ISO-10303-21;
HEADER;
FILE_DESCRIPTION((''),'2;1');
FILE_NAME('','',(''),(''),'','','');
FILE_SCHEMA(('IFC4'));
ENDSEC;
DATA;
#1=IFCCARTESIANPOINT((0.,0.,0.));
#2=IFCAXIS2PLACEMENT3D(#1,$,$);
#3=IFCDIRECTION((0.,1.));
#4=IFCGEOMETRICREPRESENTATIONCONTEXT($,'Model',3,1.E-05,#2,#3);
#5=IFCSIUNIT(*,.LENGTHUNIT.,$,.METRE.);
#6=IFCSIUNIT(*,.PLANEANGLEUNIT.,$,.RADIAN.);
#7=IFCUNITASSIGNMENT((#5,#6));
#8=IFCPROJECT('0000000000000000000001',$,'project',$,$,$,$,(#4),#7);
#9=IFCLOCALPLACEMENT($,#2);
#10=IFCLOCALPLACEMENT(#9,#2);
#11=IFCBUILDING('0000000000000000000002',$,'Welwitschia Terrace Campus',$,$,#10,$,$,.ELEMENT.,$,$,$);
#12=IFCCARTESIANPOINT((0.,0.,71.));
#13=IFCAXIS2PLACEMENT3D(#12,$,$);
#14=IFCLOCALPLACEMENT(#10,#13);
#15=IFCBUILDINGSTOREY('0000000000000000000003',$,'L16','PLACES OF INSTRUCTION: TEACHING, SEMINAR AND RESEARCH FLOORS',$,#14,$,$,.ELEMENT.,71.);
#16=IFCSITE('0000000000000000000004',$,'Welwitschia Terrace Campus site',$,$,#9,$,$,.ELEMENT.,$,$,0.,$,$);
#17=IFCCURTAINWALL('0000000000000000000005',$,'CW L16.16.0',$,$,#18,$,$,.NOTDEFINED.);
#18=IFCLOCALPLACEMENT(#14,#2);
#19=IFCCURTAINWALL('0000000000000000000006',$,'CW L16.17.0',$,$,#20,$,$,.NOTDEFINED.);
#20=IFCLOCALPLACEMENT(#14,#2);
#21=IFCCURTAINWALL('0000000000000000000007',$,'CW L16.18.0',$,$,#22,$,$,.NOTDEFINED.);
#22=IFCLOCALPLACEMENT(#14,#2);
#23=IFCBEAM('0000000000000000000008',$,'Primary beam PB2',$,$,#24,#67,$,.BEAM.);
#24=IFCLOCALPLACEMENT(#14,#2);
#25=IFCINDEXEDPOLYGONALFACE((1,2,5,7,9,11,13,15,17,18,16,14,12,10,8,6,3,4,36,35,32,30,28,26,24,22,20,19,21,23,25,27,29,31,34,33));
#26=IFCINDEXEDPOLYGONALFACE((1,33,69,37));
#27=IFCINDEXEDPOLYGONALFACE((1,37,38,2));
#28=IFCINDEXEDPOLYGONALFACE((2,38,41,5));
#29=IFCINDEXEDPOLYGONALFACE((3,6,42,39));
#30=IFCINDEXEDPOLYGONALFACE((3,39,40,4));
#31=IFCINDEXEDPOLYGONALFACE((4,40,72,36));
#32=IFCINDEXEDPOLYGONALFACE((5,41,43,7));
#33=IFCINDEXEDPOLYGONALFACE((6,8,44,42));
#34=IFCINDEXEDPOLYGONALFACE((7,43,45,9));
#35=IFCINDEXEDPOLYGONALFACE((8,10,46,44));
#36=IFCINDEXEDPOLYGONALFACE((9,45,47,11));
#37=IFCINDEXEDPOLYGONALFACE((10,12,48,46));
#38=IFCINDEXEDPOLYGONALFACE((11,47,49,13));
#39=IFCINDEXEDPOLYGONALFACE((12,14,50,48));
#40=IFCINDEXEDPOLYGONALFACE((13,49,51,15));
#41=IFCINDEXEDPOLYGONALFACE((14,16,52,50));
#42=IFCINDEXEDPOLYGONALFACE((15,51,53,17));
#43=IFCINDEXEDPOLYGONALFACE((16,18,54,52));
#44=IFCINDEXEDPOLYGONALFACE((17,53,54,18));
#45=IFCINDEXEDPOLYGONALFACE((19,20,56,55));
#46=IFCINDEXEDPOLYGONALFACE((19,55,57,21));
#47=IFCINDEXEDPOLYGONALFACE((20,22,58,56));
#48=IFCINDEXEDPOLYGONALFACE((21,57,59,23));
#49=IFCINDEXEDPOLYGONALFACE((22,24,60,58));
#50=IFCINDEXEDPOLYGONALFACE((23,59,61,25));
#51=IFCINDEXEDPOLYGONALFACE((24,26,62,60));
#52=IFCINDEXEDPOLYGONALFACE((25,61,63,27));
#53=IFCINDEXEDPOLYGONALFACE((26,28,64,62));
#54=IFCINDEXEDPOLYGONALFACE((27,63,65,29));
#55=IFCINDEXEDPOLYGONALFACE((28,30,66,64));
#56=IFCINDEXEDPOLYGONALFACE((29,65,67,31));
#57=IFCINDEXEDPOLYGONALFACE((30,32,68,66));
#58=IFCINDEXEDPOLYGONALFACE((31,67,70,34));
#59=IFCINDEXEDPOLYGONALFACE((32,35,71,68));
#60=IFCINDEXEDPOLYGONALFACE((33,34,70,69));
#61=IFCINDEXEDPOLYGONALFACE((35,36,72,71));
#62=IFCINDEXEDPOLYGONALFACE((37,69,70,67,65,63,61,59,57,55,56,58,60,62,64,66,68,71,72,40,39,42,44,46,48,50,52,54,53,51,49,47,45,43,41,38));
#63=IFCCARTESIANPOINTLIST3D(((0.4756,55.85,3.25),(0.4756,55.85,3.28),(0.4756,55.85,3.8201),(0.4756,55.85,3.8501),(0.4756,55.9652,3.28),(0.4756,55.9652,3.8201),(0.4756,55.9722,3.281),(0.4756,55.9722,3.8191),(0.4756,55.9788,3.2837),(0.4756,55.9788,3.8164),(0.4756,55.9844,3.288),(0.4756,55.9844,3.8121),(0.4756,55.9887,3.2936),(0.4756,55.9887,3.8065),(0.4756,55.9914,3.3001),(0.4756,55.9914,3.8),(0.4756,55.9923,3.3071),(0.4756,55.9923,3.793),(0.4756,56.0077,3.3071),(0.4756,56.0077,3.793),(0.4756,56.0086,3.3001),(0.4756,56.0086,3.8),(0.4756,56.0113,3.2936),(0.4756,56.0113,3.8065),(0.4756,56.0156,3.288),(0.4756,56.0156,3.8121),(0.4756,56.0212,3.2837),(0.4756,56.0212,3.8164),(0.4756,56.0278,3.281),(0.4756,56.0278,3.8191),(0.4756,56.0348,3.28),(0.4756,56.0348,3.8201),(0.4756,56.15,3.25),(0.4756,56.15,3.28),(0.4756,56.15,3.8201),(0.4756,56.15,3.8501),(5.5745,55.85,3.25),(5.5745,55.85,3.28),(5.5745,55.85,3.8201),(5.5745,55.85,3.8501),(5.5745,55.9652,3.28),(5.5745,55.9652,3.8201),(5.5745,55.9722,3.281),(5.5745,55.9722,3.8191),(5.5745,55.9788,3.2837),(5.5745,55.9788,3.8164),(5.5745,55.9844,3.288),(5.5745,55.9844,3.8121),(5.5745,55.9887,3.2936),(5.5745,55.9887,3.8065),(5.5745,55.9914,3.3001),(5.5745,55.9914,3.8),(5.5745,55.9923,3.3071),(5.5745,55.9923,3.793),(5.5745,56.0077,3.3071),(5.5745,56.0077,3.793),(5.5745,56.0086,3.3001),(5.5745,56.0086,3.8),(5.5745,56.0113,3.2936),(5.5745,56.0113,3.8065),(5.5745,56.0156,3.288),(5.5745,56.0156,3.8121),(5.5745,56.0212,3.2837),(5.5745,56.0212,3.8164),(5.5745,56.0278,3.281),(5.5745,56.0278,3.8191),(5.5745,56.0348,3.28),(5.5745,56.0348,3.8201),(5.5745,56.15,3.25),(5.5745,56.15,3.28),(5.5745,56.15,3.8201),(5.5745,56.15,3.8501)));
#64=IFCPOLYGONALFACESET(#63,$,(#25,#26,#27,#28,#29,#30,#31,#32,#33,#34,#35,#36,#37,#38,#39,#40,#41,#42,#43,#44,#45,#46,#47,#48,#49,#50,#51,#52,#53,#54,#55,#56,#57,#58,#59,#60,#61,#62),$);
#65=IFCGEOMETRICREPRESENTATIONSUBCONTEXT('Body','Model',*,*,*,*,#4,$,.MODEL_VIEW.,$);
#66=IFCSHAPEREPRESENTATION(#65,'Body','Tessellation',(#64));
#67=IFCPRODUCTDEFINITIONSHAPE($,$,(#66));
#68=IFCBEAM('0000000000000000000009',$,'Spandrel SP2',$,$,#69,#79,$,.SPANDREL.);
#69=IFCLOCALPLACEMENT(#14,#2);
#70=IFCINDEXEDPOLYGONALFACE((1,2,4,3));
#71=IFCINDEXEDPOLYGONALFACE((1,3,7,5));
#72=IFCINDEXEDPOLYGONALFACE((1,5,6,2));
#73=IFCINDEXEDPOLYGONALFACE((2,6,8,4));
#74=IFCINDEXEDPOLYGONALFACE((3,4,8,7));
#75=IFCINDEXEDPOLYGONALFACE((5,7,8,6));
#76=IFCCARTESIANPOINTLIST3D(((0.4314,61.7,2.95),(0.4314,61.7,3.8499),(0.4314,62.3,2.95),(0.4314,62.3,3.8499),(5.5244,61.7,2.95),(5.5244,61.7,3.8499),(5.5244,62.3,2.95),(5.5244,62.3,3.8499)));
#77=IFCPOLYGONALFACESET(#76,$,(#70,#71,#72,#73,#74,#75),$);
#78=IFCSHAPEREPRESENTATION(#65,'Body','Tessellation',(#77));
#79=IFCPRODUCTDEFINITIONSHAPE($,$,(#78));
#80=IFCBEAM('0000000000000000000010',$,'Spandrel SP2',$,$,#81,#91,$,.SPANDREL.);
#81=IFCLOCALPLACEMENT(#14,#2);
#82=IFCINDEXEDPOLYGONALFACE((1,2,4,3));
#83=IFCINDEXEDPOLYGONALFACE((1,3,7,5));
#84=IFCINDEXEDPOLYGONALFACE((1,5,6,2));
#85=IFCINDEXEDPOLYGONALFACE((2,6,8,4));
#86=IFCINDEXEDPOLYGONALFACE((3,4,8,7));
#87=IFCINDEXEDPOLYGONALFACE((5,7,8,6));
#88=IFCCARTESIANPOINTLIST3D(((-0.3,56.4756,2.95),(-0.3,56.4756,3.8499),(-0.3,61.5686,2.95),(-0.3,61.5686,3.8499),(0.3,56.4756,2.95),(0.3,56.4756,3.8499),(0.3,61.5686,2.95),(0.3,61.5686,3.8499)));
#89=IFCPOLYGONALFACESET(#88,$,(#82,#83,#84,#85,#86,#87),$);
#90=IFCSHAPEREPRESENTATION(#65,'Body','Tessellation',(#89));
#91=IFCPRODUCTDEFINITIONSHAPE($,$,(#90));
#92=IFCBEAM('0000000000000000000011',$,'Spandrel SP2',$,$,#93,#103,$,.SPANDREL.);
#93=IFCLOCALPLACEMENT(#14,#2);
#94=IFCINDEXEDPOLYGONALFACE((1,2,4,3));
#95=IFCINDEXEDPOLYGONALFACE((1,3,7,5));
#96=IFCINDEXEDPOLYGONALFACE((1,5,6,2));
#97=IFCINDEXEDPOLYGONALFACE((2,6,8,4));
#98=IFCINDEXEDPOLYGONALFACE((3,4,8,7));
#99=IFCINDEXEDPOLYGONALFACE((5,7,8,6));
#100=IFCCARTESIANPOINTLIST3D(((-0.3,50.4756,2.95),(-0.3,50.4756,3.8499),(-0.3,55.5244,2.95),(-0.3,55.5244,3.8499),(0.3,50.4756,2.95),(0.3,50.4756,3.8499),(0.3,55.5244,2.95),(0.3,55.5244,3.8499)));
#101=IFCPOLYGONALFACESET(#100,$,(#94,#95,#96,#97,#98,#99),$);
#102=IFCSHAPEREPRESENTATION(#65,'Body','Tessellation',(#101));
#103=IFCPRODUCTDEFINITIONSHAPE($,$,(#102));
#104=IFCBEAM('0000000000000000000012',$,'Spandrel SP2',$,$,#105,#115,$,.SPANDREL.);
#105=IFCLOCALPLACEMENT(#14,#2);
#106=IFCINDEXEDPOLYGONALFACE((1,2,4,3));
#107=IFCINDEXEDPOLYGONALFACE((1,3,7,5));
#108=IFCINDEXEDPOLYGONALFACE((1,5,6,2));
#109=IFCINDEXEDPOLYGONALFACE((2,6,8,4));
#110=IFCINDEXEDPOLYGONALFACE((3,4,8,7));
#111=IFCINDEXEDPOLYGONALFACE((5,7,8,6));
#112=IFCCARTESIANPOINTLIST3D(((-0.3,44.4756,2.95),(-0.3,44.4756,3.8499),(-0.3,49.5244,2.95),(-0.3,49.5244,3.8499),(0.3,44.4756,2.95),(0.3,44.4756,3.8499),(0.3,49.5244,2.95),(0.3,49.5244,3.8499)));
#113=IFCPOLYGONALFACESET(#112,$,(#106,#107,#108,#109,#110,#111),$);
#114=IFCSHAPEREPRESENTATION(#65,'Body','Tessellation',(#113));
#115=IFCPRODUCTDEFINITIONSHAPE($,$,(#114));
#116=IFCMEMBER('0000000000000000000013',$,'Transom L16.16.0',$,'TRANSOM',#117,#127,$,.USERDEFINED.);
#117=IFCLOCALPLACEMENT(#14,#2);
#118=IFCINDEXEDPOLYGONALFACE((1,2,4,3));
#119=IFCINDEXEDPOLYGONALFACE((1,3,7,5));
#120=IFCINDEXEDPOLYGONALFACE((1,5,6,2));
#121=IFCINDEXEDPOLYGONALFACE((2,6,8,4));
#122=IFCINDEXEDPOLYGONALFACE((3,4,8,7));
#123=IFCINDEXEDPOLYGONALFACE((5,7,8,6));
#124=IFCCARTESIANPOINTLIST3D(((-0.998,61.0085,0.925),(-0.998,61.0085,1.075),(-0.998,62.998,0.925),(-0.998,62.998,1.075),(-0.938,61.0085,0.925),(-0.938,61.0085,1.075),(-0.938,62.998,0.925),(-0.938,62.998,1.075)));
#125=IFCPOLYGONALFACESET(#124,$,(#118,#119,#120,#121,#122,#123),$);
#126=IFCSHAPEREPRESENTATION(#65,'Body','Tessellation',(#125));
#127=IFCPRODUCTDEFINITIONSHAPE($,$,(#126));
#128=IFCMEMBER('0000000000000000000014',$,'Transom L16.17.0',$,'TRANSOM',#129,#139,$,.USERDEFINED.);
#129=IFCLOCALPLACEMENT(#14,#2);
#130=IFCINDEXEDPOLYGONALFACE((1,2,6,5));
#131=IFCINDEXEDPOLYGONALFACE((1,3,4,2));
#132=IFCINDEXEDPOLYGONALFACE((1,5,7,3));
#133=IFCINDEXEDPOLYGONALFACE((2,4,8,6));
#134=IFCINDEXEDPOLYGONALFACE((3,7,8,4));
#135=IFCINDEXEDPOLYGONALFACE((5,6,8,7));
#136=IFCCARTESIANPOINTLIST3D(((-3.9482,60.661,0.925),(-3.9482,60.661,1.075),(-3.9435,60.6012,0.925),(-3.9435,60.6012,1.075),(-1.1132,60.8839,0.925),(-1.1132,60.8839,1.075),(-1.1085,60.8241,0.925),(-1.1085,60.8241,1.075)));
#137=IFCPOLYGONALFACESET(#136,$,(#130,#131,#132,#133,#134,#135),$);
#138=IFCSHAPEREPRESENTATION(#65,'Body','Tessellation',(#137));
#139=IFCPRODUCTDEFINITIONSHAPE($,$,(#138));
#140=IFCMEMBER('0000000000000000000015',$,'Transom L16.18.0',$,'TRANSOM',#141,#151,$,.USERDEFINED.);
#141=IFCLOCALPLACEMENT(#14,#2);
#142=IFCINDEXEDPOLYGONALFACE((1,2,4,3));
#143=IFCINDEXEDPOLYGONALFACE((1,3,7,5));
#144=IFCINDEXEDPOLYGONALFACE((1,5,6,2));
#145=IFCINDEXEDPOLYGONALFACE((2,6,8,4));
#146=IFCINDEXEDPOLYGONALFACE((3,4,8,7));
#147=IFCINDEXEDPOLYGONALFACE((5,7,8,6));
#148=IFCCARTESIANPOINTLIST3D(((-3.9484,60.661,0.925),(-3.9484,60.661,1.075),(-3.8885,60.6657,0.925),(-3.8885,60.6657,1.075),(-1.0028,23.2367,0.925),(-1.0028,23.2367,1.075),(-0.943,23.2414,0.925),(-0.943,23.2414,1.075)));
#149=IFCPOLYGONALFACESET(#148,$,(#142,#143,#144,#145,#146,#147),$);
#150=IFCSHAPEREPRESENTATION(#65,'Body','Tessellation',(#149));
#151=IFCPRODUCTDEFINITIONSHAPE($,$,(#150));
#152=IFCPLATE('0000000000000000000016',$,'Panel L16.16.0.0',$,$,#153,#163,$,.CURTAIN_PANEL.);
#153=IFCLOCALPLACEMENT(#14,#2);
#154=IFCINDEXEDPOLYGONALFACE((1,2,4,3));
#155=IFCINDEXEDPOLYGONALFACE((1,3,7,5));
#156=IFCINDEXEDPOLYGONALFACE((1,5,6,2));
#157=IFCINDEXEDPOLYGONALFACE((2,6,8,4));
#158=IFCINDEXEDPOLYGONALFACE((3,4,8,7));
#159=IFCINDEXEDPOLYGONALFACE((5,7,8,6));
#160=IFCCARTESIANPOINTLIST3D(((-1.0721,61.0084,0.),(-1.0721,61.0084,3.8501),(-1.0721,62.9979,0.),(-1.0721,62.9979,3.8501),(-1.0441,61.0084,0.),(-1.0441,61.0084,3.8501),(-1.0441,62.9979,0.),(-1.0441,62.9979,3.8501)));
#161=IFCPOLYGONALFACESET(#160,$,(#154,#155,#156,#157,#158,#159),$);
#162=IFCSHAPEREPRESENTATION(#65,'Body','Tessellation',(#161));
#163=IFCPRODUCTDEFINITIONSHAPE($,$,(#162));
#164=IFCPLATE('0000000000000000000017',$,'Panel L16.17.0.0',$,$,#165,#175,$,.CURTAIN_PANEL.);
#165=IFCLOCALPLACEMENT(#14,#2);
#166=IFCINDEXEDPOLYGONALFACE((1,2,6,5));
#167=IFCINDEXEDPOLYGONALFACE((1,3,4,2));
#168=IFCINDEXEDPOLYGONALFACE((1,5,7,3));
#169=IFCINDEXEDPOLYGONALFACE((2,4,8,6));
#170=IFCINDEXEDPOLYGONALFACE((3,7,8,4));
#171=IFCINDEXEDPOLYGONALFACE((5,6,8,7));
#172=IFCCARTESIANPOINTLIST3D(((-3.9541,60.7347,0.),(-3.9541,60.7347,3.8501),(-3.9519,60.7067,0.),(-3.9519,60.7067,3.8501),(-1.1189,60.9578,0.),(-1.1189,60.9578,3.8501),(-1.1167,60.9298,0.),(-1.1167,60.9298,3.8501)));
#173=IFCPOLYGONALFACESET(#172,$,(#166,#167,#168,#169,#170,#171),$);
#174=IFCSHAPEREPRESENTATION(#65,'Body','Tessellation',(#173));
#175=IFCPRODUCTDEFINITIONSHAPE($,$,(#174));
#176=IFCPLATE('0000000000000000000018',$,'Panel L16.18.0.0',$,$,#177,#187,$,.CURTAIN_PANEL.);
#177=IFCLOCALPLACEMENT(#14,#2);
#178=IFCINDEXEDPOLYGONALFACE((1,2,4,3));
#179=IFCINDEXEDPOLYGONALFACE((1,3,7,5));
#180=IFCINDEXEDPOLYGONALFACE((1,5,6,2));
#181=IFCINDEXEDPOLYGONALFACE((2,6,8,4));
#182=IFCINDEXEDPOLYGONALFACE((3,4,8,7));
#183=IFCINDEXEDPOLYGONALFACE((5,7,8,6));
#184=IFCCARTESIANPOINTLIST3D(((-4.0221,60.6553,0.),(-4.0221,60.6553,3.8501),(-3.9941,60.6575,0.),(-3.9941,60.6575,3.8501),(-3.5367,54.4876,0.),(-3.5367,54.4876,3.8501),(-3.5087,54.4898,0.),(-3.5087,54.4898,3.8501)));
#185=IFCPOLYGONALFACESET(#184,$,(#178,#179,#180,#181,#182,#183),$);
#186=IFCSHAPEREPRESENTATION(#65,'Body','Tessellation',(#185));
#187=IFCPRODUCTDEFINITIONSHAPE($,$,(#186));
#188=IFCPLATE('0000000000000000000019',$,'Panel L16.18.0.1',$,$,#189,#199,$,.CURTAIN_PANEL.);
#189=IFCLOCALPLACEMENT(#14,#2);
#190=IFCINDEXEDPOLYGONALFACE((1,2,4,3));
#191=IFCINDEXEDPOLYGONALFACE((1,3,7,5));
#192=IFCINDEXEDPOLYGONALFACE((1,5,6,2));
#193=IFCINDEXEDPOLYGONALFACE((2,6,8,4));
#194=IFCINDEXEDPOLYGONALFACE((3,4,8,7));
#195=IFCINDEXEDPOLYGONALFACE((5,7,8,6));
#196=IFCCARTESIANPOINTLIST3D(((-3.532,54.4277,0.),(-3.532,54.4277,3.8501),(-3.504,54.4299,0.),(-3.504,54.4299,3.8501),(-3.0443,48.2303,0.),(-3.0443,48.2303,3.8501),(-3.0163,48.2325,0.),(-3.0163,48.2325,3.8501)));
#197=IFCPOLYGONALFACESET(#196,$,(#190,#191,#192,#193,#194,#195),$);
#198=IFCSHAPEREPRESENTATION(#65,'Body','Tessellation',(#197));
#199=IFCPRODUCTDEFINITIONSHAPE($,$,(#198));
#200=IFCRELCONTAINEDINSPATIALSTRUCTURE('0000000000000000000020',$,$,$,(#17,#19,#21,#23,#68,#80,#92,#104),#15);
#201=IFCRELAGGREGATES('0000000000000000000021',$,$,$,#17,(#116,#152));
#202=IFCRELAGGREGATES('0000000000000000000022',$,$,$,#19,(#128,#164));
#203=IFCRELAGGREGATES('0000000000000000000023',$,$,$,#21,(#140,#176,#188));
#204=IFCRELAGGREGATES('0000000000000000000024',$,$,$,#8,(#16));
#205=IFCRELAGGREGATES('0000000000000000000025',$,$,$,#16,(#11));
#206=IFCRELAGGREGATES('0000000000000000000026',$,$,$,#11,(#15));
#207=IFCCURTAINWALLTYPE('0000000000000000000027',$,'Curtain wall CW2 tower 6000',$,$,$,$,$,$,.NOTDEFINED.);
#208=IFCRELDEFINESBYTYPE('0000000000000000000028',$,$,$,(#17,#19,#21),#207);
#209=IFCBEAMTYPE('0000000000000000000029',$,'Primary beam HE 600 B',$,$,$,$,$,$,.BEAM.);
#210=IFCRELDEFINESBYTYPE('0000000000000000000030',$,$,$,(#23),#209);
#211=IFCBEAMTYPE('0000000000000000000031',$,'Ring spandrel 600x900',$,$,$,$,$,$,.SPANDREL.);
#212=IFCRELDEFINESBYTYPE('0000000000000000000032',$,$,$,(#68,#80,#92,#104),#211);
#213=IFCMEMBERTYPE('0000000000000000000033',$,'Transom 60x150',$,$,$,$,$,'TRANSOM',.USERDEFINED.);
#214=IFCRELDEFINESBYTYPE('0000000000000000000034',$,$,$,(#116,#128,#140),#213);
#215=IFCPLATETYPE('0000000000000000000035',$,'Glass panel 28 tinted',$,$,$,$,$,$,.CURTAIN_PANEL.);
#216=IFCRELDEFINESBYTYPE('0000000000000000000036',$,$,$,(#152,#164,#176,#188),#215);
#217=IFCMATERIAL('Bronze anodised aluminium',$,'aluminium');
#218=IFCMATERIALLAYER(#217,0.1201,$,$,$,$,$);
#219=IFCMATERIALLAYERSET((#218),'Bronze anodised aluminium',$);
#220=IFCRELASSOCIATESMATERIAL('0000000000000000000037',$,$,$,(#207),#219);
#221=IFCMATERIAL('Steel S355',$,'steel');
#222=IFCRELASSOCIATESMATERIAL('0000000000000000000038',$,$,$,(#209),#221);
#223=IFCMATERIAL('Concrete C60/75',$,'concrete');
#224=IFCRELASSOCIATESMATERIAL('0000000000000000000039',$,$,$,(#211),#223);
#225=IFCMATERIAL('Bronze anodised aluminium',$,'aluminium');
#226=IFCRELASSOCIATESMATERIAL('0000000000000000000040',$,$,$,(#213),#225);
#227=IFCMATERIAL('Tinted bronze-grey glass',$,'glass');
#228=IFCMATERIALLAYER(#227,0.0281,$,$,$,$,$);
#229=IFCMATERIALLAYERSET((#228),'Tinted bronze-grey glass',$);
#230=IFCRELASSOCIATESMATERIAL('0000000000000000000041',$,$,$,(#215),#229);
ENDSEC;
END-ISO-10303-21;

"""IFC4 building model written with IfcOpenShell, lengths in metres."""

from ifc_helpers import new_model, si_unit, direction, frame, origin, origin_2d, place, context, subcontext, project, spatial, rectangle, i_section, extrude, material, layer, layer_set, material_profile, profile_set, type_object, element, aggregate, save


model = new_model("IFC4")

# Units and contexts
model_context = context("Model", 3, precision=1e-05, world=origin(), true_north=direction((0.0, 1.0)))
body_context = subcontext(model_context, "Body", "Model", "MODEL_VIEW")
ifc_project = project(units=[si_unit("LENGTHUNIT", "METRE"), si_unit("PLANEANGLEUNIT", "RADIAN")], contexts=[model_context])

# Site, building, storey
site_placement = place(None, origin())
site = spatial("IfcSite", under=ifc_project, at=site_placement, Name="Welwitschia Terrace Campus site", CompositionType="ELEMENT", RefElevation=0.0)
building_placement = place(site_placement, origin())
building = spatial("IfcBuilding", under=site, at=building_placement, Name="Welwitschia Terrace Campus", CompositionType="ELEMENT")
storey_placement = place(building_placement, frame((0.0, 0.0, 71.0)))
storey = spatial("IfcBuildingStorey", under=building, at=storey_placement, Name="L16", Description="PLACES OF INSTRUCTION: TEACHING, SEMINAR AND RESEARCH FLOORS", CompositionType="ELEMENT", Elevation=71.0)

# Curtain walls
ifc_material_1 = material(Name="Bronze anodised aluminium", Category="aluminium")
ifc_layer_1 = layer(ifc_material_1, 0.1201)
ifc_layer_set_1 = layer_set([ifc_layer_1], Name="Bronze anodised aluminium")
curtain_wall_type = type_object("IfcCurtainWallType", Name="Curtain wall CW2 tower 6000", PredefinedType="NOTDEFINED", material=ifc_layer_set_1)
curtain_wall_1_placement = place(storey_placement, origin())
curtain_wall_1 = element("IfcCurtainWall", 1, at=curtain_wall_1_placement, inside=storey, type_object=curtain_wall_type, Name="CW L16.16.0", PredefinedType="NOTDEFINED")
curtain_wall_2_placement = place(storey_placement, origin())
curtain_wall_2 = element("IfcCurtainWall", 2, at=curtain_wall_2_placement, inside=storey, type_object=curtain_wall_type, Name="CW L16.17.0", PredefinedType="NOTDEFINED")
curtain_wall_3_placement = place(storey_placement, origin())
curtain_wall_3 = element("IfcCurtainWall", 3, at=curtain_wall_3_placement, inside=storey, type_object=curtain_wall_type, Name="CW L16.18.0", PredefinedType="NOTDEFINED")

# Beams
ifc_material_2 = material(Name="Steel S355", Category="steel")
ifc_material_profile_1 = material_profile(ifc_material_2, i_section(OverallWidth=0.3, OverallDepth=0.6001, WebThickness=0.0154, FlangeThickness=0.03, FilletRadius=0.0271, at=origin_2d()))
ifc_profile_set_1 = profile_set([ifc_material_profile_1], Name="Steel S355")
beam_type_1 = type_object("IfcBeamType", Name="Primary beam HE 600 B", PredefinedType="BEAM", material=ifc_profile_set_1)
beam_placement = place(storey_placement, frame((0.4756, 56.0, 3.55), z_axis=(1.0, 0.0, 0.0), x_axis=(0.0, 1.0, 0.0)))
element("IfcBeam", 4, at=beam_placement, inside=storey, type_object=beam_type_1, Name="Primary beam PB2", PredefinedType="BEAM", context=body_context, shape_type="SweptSolid", body=[
    extrude(i_section(OverallWidth=0.3, OverallDepth=0.6001, WebThickness=0.0154, FlangeThickness=0.03, FilletRadius=0.0271, at=origin_2d()), origin(), (0.0, 0.0, 1.0), 5.0989),
])
ifc_material_3 = material(Name="Concrete C60/75", Category="concrete")
ifc_material_profile_2 = material_profile(ifc_material_3, rectangle(XDim=0.6001, YDim=0.8999, at=origin_2d()))
ifc_profile_set_2 = profile_set([ifc_material_profile_2], Name="Concrete C60/75")
beam_type_2 = type_object("IfcBeamType", Name="Ring spandrel 600x900", PredefinedType="SPANDREL", material=ifc_profile_set_2)
for number, where, z_axis, x_axis, name in (
    (5, (5.5244, 62.0, 3.3999), (-1.0, 0.0, 0.0), (0.0, -1.0, 0.0), "Spandrel SP2"),
    (6, (0.0, 61.5686, 3.3999), (0.0, -1.0, 0.0), (1.0, 0.0, 0.0), "Spandrel SP2"),
):
    element("IfcBeam", number, at=place(storey_placement, frame(where, z_axis=z_axis, x_axis=x_axis)), inside=storey, type_object=beam_type_2, Name=name, PredefinedType="SPANDREL", context=body_context, shape_type="SweptSolid", body=[
        extrude(rectangle(XDim=0.6001, YDim=0.8999, at=origin_2d()), origin(), (0.0, 0.0, 1.0), 5.093),
    ])
for number, where, z_axis, x_axis, name in (
    (7, (0.0, 55.5244, 3.3999), (0.0, -1.0, 0.0), (1.0, 0.0, 0.0), "Spandrel SP2"),
    (8, (0.0, 49.5244, 3.3999), (0.0, -1.0, 0.0), (1.0, 0.0, 0.0), "Spandrel SP2"),
):
    element("IfcBeam", number, at=place(storey_placement, frame(where, z_axis=z_axis, x_axis=x_axis)), inside=storey, type_object=beam_type_2, Name=name, PredefinedType="SPANDREL", context=body_context, shape_type="SweptSolid", body=[
        extrude(rectangle(XDim=0.6001, YDim=0.8999, at=origin_2d()), origin(), (0.0, 0.0, 1.0), 5.0488),
    ])

# Members
ifc_material_4 = material(Name="Bronze anodised aluminium", Category="aluminium")
ifc_material_profile_3 = material_profile(ifc_material_4, rectangle(XDim=0.0601, YDim=0.1499, at=origin_2d()))
ifc_profile_set_3 = profile_set([ifc_material_profile_3], Name="Bronze anodised aluminium")
member_type_1 = type_object("IfcMemberType", Name="Transom 60x150", ElementType="TRANSOM", PredefinedType="USERDEFINED", material=ifc_profile_set_3)
member_1_placement = place(storey_placement, frame((-0.968, 62.998, 1.0), z_axis=(0.0, -1.0, 0.0), x_axis=(1.0, 0.0, 0.0)))
member_1 = element("IfcMember", 9, at=member_1_placement, type_object=member_type_1, Name="Transom L16.16.0", ObjectType="TRANSOM", PredefinedType="USERDEFINED", context=body_context, shape_type="SweptSolid", body=[
    extrude(rectangle(XDim=0.0601, YDim=0.1499, at=origin_2d()), origin(), (0.0, 0.0, 1.0), 1.9895),
])
member_2_placement = place(storey_placement, frame((-1.1108, 60.854, 1.0), z_axis=(-0.996923, -0.078384, 0.0), x_axis=(0.078384, -0.996923, 0.0)))
member_2 = element("IfcMember", 10, at=member_2_placement, type_object=member_type_1, Name="Transom L16.17.0", ObjectType="TRANSOM", PredefinedType="USERDEFINED", context=body_context, shape_type="SweptSolid", body=[
    extrude(rectangle(XDim=0.0601, YDim=0.1499, at=origin_2d()), origin(), (0.0, 0.0, 1.0), 2.8438),
])
member_3_placement = place(storey_placement, frame((-3.9185, 60.6633, 1.0), z_axis=(0.078464, -0.996917, 0.0), x_axis=(0.996917, 0.078464, 0.0)))
member_3 = element("IfcMember", 11, at=member_3_placement, type_object=member_type_1, Name="Transom L16.18.0", ObjectType="TRANSOM", PredefinedType="USERDEFINED", context=body_context, shape_type="SweptSolid", body=[
    extrude(rectangle(XDim=0.0601, YDim=0.1499, at=origin_2d()), origin(), (0.0, 0.0, 1.0), 37.54),
])

# Plates
ifc_material_5 = material(Name="Tinted bronze-grey glass", Category="glass")
ifc_layer_2 = layer(ifc_material_5, 0.0281)
ifc_layer_set_2 = layer_set([ifc_layer_2], Name="Tinted bronze-grey glass")
plate_type = type_object("IfcPlateType", Name="Glass panel 28 tinted", PredefinedType="CURTAIN_PANEL", material=ifc_layer_set_2)
plate_1_placement = place(storey_placement, frame((-1.0581, 62.0032, 0.0), z_axis=(0.0, 0.0, 1.0), x_axis=(0.0, -1.0, 0.0)))
plate_1 = element("IfcPlate", 12, at=plate_1_placement, type_object=plate_type, Name="Panel L16.16.0.0", PredefinedType="CURTAIN_PANEL", context=body_context, shape_type="SweptSolid", body=[
    extrude(rectangle(XDim=1.9895, YDim=0.0281, at=origin_2d()), origin(), (0.0, 0.0, 1.0), 3.8501),
])
aggregate(curtain_wall_1, [member_1, plate_1])
plate_2_placement = place(storey_placement, frame((-2.5354, 60.8323, 0.0), z_axis=(0.0, 0.0, 1.0), x_axis=(-0.996917, -0.078459, 0.0)))
plate_2 = element("IfcPlate", 13, at=plate_2_placement, type_object=plate_type, Name="Panel L16.17.0.0", PredefinedType="CURTAIN_PANEL", context=body_context, shape_type="SweptSolid", body=[
    extrude(rectangle(XDim=2.844, YDim=0.0281, at=origin_2d()), origin(), (0.0, 0.0, 1.0), 3.8501),
])
aggregate(curtain_wall_2, [member_2, plate_2])
plate_3_placement = place(storey_placement, frame((-3.7654, 57.5725, 0.0), z_axis=(0.0, 0.0, 1.0), x_axis=(0.078459, -0.996917, 0.0)))
plate_3 = element("IfcPlate", 14, at=plate_3_placement, type_object=plate_type, Name="Panel L16.18.0.0", PredefinedType="CURTAIN_PANEL", context=body_context, shape_type="SweptSolid", body=[
    extrude(rectangle(XDim=6.1868, YDim=0.0281, at=origin_2d()), origin(), (0.0, 0.0, 1.0), 3.8501),
])
plate_4_placement = place(storey_placement, frame((-3.2742, 51.3301, 0.0), z_axis=(0.0, 0.0, 1.0), x_axis=(0.078459, -0.996917, 0.0)))
plate_4 = element("IfcPlate", 15, at=plate_4_placement, type_object=plate_type, Name="Panel L16.18.0.1", PredefinedType="CURTAIN_PANEL", context=body_context, shape_type="SweptSolid", body=[
    extrude(rectangle(XDim=6.2166, YDim=0.0281, at=origin_2d()), origin(), (0.0, 0.0, 1.0), 3.8501),
])
aggregate(curtain_wall_3, [member_3, plate_3, plate_4])

save(model, "model.ifc")
